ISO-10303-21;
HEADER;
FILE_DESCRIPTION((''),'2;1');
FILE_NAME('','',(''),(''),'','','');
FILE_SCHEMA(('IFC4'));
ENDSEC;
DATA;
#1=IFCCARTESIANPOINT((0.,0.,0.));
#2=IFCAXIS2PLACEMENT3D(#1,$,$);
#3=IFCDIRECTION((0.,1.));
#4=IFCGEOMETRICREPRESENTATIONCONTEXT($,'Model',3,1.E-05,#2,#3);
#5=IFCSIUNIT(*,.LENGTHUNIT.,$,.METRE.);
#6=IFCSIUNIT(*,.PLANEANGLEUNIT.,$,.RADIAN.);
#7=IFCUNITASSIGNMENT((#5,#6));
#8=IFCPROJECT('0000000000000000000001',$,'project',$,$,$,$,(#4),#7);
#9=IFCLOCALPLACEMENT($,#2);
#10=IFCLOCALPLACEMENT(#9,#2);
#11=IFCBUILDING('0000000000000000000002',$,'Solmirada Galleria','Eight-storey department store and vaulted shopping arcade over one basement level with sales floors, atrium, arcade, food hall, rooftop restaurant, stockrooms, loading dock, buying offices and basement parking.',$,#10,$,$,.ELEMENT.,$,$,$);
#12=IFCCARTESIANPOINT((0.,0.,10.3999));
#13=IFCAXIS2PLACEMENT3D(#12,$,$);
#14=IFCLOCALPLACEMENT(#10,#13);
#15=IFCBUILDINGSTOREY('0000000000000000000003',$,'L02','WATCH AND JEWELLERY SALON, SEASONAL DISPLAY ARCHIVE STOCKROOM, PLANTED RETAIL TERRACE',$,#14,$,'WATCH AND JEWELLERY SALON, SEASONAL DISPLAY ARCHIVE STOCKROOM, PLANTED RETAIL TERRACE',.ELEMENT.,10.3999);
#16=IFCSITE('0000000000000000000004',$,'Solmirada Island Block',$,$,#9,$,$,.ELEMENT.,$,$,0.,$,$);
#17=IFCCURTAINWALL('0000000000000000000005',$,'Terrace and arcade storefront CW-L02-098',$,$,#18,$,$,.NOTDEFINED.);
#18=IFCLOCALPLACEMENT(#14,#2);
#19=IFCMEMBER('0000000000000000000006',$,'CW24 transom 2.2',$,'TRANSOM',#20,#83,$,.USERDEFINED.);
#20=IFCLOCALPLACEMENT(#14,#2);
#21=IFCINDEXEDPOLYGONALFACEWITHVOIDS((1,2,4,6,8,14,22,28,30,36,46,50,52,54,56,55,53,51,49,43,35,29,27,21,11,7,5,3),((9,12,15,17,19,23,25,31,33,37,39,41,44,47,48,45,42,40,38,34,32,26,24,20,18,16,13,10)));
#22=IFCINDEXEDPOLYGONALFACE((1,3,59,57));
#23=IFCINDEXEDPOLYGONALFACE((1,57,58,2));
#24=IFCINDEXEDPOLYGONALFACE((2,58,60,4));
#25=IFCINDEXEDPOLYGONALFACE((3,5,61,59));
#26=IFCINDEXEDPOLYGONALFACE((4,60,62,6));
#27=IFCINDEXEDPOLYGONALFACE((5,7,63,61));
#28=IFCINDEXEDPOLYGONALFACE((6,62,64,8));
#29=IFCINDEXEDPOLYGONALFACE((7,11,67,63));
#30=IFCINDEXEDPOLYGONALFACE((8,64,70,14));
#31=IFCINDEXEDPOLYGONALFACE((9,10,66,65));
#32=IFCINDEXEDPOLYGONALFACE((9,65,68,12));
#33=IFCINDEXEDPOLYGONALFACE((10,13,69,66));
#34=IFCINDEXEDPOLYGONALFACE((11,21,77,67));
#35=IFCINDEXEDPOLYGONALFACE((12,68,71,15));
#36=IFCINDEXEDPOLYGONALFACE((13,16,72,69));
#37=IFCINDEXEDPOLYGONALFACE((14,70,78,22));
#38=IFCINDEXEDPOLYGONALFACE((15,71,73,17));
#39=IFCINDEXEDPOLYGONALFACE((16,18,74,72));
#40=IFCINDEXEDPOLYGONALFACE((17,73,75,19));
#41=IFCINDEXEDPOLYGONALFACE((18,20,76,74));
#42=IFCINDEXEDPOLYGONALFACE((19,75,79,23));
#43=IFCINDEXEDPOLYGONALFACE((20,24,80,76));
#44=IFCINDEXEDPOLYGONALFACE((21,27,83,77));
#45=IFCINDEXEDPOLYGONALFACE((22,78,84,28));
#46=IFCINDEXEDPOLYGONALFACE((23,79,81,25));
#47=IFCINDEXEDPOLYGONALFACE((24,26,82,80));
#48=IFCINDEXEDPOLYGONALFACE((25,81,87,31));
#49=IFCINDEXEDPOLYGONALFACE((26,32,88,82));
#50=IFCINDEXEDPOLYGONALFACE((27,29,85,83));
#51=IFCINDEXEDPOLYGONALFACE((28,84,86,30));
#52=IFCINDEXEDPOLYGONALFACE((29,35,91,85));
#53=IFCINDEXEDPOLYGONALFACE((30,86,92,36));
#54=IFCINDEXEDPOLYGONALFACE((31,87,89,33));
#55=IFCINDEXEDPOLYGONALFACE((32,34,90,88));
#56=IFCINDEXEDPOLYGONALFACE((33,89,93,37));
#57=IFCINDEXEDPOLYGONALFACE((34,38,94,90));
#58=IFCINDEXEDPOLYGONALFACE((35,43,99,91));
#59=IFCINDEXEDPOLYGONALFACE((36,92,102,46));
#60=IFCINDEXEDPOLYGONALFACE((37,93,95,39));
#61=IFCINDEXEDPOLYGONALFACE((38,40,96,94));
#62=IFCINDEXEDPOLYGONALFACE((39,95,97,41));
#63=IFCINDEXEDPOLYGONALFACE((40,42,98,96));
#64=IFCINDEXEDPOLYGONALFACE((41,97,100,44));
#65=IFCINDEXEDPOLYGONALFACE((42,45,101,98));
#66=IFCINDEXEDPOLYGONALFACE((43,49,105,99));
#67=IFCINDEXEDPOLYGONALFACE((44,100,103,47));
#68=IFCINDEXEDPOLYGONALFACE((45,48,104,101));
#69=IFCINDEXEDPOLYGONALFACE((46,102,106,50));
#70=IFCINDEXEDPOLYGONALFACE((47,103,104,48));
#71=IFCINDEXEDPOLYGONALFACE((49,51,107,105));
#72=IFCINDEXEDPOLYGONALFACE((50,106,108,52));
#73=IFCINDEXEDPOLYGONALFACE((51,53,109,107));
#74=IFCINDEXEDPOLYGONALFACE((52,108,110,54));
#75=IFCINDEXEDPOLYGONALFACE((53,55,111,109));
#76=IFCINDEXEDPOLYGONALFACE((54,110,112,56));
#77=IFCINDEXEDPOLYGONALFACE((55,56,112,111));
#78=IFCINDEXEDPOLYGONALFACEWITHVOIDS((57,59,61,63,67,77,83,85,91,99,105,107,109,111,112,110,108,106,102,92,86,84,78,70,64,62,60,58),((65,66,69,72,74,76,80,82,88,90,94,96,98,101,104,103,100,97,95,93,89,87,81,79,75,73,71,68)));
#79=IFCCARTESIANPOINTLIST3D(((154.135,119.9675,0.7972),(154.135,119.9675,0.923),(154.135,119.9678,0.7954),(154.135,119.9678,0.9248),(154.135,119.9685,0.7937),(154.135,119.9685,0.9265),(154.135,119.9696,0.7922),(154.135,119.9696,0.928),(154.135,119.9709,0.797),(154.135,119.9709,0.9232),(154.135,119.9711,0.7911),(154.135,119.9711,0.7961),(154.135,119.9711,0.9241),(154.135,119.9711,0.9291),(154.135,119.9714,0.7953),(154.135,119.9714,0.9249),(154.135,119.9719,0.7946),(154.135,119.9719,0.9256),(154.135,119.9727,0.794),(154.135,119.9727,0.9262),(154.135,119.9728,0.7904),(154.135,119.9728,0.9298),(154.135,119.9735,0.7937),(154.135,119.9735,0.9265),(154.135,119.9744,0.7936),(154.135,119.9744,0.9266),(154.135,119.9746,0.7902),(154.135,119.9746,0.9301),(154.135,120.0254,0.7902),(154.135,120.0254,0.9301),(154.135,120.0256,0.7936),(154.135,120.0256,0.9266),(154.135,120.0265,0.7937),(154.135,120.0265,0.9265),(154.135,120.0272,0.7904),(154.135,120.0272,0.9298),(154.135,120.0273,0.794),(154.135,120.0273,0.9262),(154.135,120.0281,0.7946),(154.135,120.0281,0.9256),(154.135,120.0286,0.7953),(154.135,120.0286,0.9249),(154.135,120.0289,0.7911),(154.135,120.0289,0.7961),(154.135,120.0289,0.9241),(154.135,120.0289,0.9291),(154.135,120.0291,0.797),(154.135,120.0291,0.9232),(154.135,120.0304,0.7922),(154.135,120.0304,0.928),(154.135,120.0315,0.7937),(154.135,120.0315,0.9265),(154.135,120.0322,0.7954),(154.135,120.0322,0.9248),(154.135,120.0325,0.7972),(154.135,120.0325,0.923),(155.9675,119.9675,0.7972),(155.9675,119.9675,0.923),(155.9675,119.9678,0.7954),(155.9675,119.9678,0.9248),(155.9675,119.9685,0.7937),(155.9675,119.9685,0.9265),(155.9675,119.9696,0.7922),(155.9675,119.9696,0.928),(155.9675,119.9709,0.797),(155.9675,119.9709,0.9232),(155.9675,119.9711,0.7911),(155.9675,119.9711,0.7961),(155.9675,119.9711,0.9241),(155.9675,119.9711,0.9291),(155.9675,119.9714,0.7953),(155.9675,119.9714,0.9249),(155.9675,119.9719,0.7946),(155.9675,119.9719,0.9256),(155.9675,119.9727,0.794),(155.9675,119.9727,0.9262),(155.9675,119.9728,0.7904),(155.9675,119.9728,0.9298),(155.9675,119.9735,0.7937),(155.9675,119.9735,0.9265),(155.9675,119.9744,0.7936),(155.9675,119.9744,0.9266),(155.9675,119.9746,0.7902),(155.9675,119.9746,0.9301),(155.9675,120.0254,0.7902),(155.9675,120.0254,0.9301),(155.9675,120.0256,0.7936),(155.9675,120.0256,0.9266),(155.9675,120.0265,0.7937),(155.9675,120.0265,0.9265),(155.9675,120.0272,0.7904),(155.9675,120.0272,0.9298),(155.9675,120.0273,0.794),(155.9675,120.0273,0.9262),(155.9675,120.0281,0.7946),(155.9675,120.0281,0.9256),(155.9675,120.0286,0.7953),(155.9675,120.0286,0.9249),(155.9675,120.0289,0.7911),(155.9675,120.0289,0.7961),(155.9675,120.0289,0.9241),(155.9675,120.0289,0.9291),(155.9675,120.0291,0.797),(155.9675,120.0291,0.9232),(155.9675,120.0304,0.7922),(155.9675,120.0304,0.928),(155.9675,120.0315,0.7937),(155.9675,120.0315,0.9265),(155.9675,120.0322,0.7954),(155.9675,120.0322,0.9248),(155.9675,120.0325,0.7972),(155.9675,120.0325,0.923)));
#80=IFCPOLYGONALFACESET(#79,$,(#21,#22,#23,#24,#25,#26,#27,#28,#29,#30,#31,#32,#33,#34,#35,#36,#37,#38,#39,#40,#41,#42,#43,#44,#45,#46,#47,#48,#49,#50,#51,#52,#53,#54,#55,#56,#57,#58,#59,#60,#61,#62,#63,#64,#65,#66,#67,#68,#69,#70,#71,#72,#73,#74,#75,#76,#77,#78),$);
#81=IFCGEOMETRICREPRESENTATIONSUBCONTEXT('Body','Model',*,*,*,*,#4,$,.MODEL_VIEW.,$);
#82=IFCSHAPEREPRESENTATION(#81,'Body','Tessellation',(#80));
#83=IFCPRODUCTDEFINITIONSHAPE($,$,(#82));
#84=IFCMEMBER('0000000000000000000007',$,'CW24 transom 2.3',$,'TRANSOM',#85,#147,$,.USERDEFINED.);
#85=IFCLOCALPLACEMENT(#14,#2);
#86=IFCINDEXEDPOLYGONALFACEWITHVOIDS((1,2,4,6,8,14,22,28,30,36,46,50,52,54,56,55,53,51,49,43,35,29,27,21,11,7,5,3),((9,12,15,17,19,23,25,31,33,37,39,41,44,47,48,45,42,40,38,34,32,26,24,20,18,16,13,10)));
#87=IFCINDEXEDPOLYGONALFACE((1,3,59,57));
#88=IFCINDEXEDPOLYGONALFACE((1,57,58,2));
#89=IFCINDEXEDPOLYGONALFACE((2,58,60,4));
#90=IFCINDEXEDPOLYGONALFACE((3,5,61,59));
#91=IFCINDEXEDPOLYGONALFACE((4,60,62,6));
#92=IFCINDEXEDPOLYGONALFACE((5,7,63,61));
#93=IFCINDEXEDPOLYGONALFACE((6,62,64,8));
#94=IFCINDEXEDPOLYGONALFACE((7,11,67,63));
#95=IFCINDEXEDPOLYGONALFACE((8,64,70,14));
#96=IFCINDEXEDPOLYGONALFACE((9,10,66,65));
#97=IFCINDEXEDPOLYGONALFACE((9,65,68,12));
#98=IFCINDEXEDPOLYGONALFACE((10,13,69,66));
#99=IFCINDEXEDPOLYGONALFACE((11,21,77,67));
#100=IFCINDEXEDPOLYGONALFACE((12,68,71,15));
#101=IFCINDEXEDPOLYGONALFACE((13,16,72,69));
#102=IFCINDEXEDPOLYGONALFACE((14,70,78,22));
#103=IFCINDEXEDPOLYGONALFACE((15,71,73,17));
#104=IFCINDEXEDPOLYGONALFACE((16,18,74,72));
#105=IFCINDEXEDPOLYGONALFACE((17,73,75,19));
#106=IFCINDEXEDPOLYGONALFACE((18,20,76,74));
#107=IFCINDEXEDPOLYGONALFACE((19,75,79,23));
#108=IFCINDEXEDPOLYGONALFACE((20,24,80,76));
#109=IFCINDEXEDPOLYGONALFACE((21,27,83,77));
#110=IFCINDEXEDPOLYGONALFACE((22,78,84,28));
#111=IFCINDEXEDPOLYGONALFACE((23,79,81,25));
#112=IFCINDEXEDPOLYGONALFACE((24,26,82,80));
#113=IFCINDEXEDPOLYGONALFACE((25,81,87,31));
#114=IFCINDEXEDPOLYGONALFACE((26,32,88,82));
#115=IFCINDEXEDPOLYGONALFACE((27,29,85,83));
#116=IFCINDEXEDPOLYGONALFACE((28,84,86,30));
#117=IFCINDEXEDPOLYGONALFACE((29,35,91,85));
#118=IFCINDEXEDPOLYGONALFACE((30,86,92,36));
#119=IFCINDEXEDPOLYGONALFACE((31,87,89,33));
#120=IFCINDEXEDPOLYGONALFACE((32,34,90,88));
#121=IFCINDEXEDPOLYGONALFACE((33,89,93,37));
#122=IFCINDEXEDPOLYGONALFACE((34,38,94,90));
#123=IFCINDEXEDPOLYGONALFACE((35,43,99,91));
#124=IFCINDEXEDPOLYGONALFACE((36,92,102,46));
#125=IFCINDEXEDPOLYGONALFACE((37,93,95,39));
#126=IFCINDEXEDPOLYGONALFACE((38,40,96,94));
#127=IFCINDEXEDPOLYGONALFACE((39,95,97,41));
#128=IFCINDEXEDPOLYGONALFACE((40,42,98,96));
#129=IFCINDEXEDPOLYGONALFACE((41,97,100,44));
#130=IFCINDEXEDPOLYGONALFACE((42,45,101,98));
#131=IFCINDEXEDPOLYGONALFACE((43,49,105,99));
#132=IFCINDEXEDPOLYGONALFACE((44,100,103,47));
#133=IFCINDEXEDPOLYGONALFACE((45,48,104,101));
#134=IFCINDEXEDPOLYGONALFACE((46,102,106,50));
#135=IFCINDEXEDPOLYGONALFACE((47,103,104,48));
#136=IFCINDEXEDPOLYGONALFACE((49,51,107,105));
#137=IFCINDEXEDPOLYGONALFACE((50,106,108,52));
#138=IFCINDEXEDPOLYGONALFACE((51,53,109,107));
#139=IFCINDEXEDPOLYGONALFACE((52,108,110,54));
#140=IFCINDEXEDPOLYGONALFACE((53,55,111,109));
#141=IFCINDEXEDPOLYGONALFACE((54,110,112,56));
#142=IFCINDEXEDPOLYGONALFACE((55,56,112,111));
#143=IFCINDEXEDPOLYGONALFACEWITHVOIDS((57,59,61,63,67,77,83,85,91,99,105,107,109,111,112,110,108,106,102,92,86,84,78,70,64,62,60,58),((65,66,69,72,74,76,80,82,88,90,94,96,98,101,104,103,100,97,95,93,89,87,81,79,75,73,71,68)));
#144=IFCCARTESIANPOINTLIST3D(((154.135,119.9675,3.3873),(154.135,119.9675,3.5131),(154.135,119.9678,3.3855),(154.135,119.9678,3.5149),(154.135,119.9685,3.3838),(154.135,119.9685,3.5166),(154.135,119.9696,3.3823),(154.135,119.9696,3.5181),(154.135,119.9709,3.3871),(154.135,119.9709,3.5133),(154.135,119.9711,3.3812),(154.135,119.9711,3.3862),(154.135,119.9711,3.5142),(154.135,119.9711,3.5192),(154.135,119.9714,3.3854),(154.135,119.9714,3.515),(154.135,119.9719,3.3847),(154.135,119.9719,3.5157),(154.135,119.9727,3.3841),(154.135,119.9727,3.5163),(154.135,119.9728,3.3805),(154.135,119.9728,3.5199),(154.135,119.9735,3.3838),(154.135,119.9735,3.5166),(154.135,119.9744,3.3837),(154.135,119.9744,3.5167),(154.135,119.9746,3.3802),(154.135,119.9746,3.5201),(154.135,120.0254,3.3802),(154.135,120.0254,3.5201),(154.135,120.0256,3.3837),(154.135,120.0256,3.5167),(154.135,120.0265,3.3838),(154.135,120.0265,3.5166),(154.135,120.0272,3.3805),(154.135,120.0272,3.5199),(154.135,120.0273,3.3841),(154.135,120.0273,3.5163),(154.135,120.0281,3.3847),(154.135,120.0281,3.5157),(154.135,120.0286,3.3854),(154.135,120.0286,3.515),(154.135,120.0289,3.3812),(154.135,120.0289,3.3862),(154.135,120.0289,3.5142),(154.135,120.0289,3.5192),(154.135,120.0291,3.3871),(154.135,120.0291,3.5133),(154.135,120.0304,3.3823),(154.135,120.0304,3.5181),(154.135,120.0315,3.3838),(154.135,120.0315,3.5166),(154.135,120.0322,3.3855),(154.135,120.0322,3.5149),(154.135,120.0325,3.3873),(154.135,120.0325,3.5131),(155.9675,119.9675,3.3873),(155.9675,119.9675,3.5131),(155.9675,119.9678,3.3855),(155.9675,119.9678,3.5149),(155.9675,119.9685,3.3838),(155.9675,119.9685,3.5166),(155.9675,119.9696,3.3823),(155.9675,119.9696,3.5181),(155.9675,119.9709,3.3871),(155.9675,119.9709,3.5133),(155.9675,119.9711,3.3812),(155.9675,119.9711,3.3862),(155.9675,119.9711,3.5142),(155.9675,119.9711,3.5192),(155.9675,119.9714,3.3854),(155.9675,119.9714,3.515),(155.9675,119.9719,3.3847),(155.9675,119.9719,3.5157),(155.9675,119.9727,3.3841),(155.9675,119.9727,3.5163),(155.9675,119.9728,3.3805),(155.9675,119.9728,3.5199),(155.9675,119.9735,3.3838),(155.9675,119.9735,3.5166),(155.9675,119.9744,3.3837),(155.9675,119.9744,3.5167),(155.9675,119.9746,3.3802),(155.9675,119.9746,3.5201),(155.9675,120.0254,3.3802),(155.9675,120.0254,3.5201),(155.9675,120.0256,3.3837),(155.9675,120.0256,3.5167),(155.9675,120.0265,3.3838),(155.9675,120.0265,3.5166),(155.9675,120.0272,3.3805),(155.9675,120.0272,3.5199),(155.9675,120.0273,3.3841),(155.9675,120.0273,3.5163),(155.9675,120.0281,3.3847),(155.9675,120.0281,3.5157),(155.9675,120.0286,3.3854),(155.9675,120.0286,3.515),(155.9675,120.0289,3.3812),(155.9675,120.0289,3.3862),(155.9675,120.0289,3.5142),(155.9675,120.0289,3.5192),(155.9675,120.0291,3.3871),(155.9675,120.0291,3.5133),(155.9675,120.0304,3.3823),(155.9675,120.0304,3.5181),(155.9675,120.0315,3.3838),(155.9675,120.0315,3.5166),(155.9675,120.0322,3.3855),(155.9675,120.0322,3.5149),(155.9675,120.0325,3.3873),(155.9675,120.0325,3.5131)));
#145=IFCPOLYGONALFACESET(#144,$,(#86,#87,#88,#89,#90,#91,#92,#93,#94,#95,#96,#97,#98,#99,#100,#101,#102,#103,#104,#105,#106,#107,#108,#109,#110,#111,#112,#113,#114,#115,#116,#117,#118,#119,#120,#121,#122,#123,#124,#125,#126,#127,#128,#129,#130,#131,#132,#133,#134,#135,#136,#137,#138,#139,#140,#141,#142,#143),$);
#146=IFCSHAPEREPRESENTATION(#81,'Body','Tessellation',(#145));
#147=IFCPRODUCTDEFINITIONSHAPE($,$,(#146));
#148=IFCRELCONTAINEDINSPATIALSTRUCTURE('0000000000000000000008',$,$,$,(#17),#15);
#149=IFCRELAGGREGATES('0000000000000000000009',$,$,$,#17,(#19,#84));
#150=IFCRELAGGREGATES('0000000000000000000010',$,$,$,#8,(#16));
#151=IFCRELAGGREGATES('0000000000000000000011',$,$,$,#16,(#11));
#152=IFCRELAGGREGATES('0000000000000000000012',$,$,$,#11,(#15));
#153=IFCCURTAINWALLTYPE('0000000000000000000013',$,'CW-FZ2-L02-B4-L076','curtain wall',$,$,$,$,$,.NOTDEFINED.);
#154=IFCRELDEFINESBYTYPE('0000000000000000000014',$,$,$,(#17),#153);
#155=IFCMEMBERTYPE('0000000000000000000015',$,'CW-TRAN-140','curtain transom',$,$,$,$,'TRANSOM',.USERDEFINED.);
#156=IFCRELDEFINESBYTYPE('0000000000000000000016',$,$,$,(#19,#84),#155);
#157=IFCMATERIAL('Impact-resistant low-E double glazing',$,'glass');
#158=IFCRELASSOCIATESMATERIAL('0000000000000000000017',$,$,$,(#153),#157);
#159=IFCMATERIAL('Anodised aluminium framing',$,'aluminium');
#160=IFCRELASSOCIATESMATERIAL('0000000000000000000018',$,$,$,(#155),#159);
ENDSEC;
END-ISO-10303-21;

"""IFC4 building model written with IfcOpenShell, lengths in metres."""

from ifc_helpers import new_model, si_unit, direction, frame, origin, origin_2d, place, context, subcontext, project, spatial, hollow_rectangle, extrude, material, material_profile, profile_set, type_object, element, aggregate, save


model = new_model("IFC4")

# Units and contexts
model_context = context("Model", 3, precision=1e-05, world=origin(), true_north=direction((0.0, 1.0)))
body_context = subcontext(model_context, "Body", "Model", "MODEL_VIEW")
ifc_project = project(units=[si_unit("LENGTHUNIT", "METRE"), si_unit("PLANEANGLEUNIT", "RADIAN")], contexts=[model_context])

# Site, building, storey
site_placement = place(None, origin())
site = spatial("IfcSite", under=ifc_project, at=site_placement, Name="Solmirada Island Block", CompositionType="ELEMENT", RefElevation=0.0)
building_placement = place(site_placement, origin())
building = spatial("IfcBuilding", under=site, at=building_placement, Name="Solmirada Galleria", Description="Eight-storey department store and vaulted shopping arcade over one basement level with sales floors, atrium, arcade, food hall, rooftop restaurant, stockrooms, loading dock, buying offices and basement parking.", CompositionType="ELEMENT")
storey_placement = place(building_placement, frame((0.0, 0.0, 10.3999)))
storey = spatial("IfcBuildingStorey", under=building, at=storey_placement, Name="L02", Description="WATCH AND JEWELLERY SALON, SEASONAL DISPLAY ARCHIVE STOCKROOM, PLANTED RETAIL TERRACE", LongName="WATCH AND JEWELLERY SALON, SEASONAL DISPLAY ARCHIVE STOCKROOM, PLANTED RETAIL TERRACE", CompositionType="ELEMENT", Elevation=10.3999)

# Curtain wall, members
ifc_material_1 = material(Name="Impact-resistant low-E double glazing", Category="glass")
curtain_wall_type = type_object("IfcCurtainWallType", Name="CW-FZ2-L02-B4-L076", Description="curtain wall", PredefinedType="NOTDEFINED", material=ifc_material_1)
curtain_wall_placement = place(storey_placement, origin())
curtain_wall = element("IfcCurtainWall", 1, at=curtain_wall_placement, inside=storey, type_object=curtain_wall_type, Name="Terrace and arcade storefront CW-L02-098", PredefinedType="NOTDEFINED")
ifc_material_2 = material(Name="Anodised aluminium framing", Category="aluminium")
ifc_material_profile_1 = material_profile(ifc_material_2, hollow_rectangle(XDim=0.0649, YDim=0.1399, WallThickness=0.0034, InnerFilletRadius=0.0034, OuterFilletRadius=0.0071, at=origin_2d()), Name="ALU-TRAN-140X65")
ifc_profile_set_1 = profile_set([ifc_material_profile_1], Name="Anodised aluminium framing")
member_type_1 = type_object("IfcMemberType", Name="CW-TRAN-140", Description="curtain transom", ElementType="TRANSOM", PredefinedType="USERDEFINED", material=ifc_profile_set_1)
member_1_placement = place(storey_placement, frame((154.135, 120.0, 0.8601), z_axis=(1.0, 0.0, 0.0), x_axis=(0.0, 1.0, 0.0)))
member_1 = element("IfcMember", 2, at=member_1_placement, type_object=member_type_1, Name="CW24 transom 2.2", ObjectType="TRANSOM", PredefinedType="USERDEFINED", context=body_context, shape_type="SweptSolid", body=[
    extrude(hollow_rectangle(XDim=0.0649, YDim=0.1399, WallThickness=0.0034, InnerFilletRadius=0.0034, OuterFilletRadius=0.0071, at=origin_2d()), origin(), (0.0, 0.0, 1.0), 1.8325),
])
member_2_placement = place(storey_placement, frame((154.135, 120.0, 3.4502), z_axis=(1.0, 0.0, 0.0), x_axis=(0.0, 1.0, 0.0)))
member_2 = element("IfcMember", 3, at=member_2_placement, type_object=member_type_1, Name="CW24 transom 2.3", ObjectType="TRANSOM", PredefinedType="USERDEFINED", context=body_context, shape_type="SweptSolid", body=[
    extrude(hollow_rectangle(XDim=0.0649, YDim=0.1399, WallThickness=0.0034, InnerFilletRadius=0.0034, OuterFilletRadius=0.0071, at=origin_2d()), origin(), (0.0, 0.0, 1.0), 1.8325),
])
aggregate(curtain_wall, [member_1, member_2])

save(model, "model.ifc")
